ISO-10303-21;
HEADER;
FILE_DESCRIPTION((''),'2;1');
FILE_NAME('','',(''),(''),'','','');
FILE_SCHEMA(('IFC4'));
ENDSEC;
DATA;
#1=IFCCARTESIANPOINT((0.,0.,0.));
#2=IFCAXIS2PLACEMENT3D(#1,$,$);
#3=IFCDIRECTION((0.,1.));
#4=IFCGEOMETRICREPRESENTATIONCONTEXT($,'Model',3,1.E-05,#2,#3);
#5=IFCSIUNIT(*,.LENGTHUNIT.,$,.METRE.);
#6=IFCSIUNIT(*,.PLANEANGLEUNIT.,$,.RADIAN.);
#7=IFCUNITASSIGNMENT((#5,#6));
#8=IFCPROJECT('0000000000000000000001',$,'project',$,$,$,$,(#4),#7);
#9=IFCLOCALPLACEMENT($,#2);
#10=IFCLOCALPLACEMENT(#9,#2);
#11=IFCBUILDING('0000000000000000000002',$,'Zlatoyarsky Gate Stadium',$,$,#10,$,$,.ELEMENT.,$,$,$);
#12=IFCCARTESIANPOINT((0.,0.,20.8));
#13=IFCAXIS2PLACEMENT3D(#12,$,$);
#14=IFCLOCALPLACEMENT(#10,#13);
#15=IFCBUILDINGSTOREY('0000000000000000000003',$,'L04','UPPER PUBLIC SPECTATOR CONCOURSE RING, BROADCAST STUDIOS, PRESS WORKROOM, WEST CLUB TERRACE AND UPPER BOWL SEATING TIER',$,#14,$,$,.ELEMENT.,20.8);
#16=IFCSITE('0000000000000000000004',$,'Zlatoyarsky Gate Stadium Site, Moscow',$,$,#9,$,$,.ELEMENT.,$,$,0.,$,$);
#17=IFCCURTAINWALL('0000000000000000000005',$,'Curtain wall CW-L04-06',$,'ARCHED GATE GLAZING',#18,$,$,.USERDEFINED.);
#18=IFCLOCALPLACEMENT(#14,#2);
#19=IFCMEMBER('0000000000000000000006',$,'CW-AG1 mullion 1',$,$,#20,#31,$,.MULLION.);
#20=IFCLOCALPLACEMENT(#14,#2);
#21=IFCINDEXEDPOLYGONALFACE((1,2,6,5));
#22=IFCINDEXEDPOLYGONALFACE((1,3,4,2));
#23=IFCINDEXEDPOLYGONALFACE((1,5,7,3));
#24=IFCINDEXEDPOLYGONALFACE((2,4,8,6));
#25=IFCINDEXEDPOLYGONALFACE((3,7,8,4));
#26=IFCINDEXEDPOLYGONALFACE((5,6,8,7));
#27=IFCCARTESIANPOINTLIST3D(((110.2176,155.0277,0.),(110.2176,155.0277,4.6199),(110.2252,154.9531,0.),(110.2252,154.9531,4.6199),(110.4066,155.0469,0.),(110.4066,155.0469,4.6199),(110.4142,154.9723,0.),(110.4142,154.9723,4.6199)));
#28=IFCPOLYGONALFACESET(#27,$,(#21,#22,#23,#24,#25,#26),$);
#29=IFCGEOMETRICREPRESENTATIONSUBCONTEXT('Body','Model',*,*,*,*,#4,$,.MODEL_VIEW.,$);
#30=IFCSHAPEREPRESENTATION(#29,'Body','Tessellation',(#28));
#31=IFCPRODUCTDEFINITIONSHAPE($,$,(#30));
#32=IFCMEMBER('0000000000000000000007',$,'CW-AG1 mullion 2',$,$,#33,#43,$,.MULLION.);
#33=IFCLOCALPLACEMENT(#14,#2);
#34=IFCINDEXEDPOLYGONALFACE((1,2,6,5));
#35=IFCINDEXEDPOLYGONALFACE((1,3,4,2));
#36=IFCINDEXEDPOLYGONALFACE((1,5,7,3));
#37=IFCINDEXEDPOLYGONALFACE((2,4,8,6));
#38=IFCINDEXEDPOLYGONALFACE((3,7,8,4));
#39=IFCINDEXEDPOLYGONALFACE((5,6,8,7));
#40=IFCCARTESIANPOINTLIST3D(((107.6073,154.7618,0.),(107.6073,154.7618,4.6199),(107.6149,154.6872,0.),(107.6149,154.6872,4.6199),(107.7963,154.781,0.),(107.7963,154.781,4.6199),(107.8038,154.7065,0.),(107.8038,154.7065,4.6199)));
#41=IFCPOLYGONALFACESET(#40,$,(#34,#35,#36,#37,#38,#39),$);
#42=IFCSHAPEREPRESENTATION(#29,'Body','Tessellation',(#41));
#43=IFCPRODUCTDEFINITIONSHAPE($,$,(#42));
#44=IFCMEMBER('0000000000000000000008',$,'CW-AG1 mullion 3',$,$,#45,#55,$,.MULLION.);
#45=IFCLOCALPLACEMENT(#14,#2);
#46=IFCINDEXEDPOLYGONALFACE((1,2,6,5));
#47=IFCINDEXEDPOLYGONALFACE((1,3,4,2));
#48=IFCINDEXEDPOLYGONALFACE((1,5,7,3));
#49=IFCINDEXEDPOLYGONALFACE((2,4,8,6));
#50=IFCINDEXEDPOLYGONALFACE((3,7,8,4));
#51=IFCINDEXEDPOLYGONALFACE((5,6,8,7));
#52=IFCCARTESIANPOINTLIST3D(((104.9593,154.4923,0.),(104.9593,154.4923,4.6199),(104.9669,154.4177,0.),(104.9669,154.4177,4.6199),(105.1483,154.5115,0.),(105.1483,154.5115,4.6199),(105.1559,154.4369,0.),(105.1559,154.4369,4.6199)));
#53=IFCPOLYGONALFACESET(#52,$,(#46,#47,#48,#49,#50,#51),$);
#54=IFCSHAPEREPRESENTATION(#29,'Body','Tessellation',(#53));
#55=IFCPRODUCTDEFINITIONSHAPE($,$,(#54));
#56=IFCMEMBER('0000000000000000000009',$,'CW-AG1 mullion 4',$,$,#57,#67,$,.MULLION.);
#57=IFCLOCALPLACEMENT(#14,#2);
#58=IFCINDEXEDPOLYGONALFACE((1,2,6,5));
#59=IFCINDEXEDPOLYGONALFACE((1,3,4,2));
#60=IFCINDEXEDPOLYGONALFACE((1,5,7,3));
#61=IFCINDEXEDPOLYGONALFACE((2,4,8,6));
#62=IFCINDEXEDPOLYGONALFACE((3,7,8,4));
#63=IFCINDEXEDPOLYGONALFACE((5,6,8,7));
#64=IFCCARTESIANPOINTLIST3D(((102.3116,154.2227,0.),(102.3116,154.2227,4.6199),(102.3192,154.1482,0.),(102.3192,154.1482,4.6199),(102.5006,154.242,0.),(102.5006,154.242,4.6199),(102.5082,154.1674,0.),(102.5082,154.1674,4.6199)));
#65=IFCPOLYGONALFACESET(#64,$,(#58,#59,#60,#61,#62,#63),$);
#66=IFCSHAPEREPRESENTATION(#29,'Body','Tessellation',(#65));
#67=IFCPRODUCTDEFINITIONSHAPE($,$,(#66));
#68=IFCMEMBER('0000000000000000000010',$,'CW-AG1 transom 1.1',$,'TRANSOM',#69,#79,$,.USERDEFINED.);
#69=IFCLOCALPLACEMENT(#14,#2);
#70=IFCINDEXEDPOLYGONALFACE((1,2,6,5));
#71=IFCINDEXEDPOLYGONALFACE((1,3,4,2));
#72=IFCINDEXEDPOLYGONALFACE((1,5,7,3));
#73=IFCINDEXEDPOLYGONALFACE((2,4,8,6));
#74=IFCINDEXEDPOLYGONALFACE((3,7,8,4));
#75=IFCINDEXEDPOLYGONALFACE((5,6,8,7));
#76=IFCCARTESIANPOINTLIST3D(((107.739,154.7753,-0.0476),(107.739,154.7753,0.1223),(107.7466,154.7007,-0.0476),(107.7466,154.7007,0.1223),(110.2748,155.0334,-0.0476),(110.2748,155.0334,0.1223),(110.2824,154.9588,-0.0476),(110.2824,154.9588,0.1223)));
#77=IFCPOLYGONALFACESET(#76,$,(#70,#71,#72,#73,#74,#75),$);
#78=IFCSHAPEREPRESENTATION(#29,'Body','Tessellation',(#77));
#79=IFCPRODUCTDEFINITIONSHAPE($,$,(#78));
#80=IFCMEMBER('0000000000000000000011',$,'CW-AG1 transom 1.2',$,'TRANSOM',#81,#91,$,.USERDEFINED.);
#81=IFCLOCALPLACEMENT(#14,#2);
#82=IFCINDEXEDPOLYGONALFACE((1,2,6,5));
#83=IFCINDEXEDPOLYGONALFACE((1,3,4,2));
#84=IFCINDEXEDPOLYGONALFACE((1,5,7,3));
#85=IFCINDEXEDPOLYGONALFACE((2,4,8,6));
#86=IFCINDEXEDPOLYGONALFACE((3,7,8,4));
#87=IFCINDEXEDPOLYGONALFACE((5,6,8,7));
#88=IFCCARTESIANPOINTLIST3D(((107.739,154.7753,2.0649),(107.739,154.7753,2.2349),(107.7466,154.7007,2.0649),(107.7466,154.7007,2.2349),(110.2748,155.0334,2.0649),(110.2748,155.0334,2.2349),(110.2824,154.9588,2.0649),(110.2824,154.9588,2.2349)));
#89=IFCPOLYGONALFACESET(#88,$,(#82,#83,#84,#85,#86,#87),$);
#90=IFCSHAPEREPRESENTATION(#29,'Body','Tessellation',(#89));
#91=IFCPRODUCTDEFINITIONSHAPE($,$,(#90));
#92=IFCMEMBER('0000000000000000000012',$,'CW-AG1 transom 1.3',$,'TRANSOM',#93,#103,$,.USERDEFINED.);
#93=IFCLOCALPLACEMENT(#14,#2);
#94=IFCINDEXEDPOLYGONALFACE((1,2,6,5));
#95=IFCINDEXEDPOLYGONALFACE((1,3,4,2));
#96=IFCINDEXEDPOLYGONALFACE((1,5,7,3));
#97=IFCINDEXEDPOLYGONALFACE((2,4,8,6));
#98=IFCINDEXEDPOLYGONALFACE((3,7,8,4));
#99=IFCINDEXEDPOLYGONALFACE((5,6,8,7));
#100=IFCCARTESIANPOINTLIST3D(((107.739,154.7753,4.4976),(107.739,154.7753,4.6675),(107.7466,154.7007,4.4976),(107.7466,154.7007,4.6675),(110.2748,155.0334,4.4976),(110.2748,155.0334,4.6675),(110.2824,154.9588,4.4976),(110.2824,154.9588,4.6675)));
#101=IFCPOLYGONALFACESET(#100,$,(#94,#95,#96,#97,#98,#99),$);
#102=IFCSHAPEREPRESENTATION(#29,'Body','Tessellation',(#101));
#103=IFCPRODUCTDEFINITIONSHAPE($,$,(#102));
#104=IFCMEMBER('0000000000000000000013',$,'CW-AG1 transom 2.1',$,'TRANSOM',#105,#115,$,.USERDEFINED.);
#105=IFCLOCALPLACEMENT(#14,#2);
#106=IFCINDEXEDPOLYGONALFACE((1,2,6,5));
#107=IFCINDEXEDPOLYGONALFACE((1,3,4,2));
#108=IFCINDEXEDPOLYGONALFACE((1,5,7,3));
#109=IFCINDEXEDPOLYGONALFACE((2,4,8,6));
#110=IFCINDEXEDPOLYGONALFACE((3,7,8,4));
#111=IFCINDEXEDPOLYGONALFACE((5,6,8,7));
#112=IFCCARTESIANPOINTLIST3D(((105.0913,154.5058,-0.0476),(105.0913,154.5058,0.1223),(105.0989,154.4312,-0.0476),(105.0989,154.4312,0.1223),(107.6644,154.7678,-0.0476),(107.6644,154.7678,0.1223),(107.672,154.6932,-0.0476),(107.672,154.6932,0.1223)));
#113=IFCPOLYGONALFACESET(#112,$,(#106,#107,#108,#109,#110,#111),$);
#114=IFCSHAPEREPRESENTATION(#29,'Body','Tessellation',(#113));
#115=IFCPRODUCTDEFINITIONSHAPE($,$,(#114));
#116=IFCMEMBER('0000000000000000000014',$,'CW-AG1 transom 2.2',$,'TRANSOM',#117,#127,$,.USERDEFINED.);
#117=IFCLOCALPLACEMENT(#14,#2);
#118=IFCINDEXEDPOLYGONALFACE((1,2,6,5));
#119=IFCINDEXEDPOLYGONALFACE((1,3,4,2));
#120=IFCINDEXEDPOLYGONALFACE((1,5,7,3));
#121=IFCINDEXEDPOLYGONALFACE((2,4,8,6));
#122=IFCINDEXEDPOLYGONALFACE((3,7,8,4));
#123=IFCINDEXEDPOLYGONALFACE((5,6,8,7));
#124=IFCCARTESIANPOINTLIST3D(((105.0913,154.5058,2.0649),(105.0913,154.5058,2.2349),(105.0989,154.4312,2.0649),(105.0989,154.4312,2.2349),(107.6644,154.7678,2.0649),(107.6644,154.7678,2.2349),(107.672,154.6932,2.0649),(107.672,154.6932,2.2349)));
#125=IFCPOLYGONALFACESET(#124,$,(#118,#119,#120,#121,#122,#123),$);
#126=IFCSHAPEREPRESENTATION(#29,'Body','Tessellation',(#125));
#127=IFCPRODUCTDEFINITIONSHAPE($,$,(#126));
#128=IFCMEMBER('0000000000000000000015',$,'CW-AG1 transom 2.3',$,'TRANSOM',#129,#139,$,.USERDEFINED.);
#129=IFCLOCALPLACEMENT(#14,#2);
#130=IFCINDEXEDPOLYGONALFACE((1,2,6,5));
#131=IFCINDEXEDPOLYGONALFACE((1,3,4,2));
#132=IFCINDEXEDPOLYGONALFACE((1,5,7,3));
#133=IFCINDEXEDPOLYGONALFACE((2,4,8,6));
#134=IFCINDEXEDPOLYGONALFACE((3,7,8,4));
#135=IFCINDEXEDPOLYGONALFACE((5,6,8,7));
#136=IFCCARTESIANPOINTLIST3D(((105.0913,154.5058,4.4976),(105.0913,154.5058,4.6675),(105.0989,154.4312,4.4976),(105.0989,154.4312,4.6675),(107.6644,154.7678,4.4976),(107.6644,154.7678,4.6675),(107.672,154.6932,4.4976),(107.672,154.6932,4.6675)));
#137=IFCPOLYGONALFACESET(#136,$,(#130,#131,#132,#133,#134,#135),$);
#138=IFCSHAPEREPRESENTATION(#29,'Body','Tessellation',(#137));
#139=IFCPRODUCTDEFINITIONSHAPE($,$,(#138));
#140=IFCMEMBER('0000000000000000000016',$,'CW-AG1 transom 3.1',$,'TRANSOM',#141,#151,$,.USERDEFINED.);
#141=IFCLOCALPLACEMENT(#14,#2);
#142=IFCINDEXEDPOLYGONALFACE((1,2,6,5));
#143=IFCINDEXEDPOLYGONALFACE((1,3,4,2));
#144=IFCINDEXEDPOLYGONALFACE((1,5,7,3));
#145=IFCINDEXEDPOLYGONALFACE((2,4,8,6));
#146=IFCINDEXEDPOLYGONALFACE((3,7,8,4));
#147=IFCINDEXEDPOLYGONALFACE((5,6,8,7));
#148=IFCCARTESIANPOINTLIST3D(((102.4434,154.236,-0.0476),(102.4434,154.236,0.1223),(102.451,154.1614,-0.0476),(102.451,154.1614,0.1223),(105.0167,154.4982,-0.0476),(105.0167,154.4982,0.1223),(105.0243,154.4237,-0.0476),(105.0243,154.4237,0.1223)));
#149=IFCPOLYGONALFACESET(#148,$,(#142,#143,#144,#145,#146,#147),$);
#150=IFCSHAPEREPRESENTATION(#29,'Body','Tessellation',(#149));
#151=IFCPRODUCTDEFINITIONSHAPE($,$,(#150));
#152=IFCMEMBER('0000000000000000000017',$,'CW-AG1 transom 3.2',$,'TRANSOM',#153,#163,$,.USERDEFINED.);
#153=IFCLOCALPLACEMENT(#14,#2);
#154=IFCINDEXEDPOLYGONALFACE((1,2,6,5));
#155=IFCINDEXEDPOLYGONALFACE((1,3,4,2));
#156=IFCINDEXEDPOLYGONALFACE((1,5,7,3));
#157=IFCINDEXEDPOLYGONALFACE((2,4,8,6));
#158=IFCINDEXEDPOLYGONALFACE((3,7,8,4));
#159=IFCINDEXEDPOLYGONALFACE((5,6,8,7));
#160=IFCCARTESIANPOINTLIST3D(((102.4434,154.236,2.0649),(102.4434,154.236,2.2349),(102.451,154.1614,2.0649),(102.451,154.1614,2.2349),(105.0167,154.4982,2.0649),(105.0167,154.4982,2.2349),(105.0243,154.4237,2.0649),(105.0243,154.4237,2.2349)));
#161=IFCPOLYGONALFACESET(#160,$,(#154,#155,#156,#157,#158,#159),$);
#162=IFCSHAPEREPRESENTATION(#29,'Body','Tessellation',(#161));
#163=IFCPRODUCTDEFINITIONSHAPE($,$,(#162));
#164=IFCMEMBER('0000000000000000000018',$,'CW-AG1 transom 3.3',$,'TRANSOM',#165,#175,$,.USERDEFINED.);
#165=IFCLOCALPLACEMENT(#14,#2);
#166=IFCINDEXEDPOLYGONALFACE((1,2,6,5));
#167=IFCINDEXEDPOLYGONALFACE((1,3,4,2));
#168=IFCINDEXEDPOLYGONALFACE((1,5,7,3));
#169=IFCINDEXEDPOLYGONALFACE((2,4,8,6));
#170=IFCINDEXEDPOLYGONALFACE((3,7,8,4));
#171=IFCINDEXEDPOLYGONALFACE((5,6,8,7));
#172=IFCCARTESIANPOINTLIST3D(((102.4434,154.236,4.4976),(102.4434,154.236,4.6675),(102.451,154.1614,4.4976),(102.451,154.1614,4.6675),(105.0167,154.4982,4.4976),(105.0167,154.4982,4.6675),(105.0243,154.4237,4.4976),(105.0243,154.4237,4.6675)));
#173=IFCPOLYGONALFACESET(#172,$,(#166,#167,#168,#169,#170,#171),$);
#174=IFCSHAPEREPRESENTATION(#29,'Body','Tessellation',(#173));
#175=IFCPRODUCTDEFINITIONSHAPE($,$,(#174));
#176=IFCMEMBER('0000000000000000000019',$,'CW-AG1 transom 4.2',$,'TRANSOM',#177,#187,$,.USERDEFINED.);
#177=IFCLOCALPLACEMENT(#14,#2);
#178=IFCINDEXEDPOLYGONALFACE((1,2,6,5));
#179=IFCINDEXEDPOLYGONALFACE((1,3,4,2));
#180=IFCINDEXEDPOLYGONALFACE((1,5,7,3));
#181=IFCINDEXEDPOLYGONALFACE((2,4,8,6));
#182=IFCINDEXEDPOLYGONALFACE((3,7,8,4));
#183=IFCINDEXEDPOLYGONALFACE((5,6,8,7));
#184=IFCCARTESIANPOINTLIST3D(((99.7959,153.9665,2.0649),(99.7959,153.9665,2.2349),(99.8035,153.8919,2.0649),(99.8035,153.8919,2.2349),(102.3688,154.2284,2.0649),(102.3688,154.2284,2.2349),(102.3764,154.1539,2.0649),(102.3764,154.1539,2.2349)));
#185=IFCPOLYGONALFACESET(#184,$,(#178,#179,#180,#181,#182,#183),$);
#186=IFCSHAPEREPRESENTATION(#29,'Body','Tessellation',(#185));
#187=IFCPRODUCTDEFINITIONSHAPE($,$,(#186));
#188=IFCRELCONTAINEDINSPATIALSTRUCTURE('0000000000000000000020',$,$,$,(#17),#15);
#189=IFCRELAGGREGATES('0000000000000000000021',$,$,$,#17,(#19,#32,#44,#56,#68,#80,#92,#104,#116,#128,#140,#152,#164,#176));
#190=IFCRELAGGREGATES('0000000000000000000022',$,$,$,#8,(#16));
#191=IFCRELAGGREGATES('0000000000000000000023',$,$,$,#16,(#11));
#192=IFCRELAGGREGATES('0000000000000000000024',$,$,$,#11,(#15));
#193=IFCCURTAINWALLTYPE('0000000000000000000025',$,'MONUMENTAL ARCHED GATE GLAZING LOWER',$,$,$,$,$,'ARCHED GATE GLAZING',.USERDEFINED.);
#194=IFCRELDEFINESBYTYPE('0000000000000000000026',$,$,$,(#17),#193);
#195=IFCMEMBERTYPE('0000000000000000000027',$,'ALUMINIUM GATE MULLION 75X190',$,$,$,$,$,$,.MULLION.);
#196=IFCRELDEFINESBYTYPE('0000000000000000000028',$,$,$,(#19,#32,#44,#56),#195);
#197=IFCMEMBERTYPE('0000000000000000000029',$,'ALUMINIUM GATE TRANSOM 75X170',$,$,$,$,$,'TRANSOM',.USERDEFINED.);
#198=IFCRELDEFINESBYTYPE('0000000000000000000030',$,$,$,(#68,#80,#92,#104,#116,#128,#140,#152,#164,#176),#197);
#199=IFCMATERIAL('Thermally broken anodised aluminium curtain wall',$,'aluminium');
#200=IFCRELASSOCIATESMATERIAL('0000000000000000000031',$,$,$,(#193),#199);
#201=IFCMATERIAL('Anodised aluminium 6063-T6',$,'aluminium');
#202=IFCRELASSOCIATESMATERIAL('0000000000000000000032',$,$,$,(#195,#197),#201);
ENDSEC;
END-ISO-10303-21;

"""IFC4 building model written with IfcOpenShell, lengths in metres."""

from ifc_helpers import new_model, si_unit, direction, frame, origin, origin_2d, place, context, subcontext, project, spatial, rectangle, extrude, material, material_profile, profile_set, type_object, element, aggregate, save


model = new_model("IFC4")

# Units and contexts
model_context = context("Model", 3, precision=1e-05, world=origin(), true_north=direction((0.0, 1.0)))
body_context = subcontext(model_context, "Body", "Model", "MODEL_VIEW")
ifc_project = project(units=[si_unit("LENGTHUNIT", "METRE"), si_unit("PLANEANGLEUNIT", "RADIAN")], contexts=[model_context])

# Site, building, storey
site_placement = place(None, origin())
site = spatial("IfcSite", under=ifc_project, at=site_placement, Name="Zlatoyarsky Gate Stadium Site, Moscow", CompositionType="ELEMENT", RefElevation=0.0)
building_placement = place(site_placement, origin())
building = spatial("IfcBuilding", under=site, at=building_placement, Name="Zlatoyarsky Gate Stadium", CompositionType="ELEMENT")
storey_placement = place(building_placement, frame((0.0, 0.0, 20.8)))
storey = spatial("IfcBuildingStorey", under=building, at=storey_placement, Name="L04", Description="UPPER PUBLIC SPECTATOR CONCOURSE RING, BROADCAST STUDIOS, PRESS WORKROOM, WEST CLUB TERRACE AND UPPER BOWL SEATING TIER", CompositionType="ELEMENT", Elevation=20.8)

# Curtain wall, members
ifc_material_1 = material(Name="Thermally broken anodised aluminium curtain wall", Category="aluminium")
curtain_wall_type_1 = type_object("IfcCurtainWallType", Name="MONUMENTAL ARCHED GATE GLAZING LOWER", ElementType="ARCHED GATE GLAZING", PredefinedType="USERDEFINED", material=ifc_material_1)
curtain_wall_1_placement = place(storey_placement, origin())
curtain_wall_1 = element("IfcCurtainWall", 1, at=curtain_wall_1_placement, inside=storey, type_object=curtain_wall_type_1, Name="Curtain wall CW-L04-06", ObjectType="ARCHED GATE GLAZING", PredefinedType="USERDEFINED")
ifc_material_2 = material(Name="Anodised aluminium 6063-T6", Category="aluminium")
ifc_material_profile_1 = material_profile(ifc_material_2, rectangle(XDim=0.075, YDim=0.1899, at=origin_2d()), Name="ALU 75X190")
ifc_profile_set_1 = profile_set([ifc_material_profile_1], Name="Anodised aluminium 6063-T6")
member_type_1 = type_object("IfcMemberType", Name="ALUMINIUM GATE MULLION 75X190", PredefinedType="MULLION", material=ifc_profile_set_1)
member_1_placement = place(storey_placement, frame((110.3159, 155.0, 0.0), z_axis=(0.0, 0.0, 1.0), x_axis=(0.101293, -0.994857, 0.0)))
member_1 = element("IfcMember", 2, at=member_1_placement, type_object=member_type_1, Name="CW-AG1 mullion 1", PredefinedType="MULLION", context=body_context, shape_type="SweptSolid", body=[
    extrude(rectangle(XDim=0.075, YDim=0.1899, at=origin_2d()), origin(), (0.0, 0.0, 1.0), 4.6199),
])
member_2_placement = place(storey_placement, frame((107.7056, 154.7341, 0.0), z_axis=(0.0, 0.0, 1.0), x_axis=(0.101293, -0.994857, 0.0)))
member_2 = element("IfcMember", 3, at=member_2_placement, type_object=member_type_1, Name="CW-AG1 mullion 2", PredefinedType="MULLION", context=body_context, shape_type="SweptSolid", body=[
    extrude(rectangle(XDim=0.075, YDim=0.1899, at=origin_2d()), origin(), (0.0, 0.0, 1.0), 4.6199),
])
member_3_placement = place(storey_placement, frame((105.0576, 154.4646, 0.0), z_axis=(0.0, 0.0, 1.0), x_axis=(0.101293, -0.994857, 0.0)))
member_3 = element("IfcMember", 4, at=member_3_placement, type_object=member_type_1, Name="CW-AG1 mullion 3", PredefinedType="MULLION", context=body_context, shape_type="SweptSolid", body=[
    extrude(rectangle(XDim=0.075, YDim=0.1899, at=origin_2d()), origin(), (0.0, 0.0, 1.0), 4.6199),
])
member_4_placement = place(storey_placement, frame((102.4099, 154.1951, 0.0), z_axis=(0.0, 0.0, 1.0), x_axis=(0.101293, -0.994857, 0.0)))
member_4 = element("IfcMember", 5, at=member_4_placement, type_object=member_type_1, Name="CW-AG1 mullion 4", PredefinedType="MULLION", context=body_context, shape_type="SweptSolid", body=[
    extrude(rectangle(XDim=0.075, YDim=0.1899, at=origin_2d()), origin(), (0.0, 0.0, 1.0), 4.6199),
])
ifc_material_profile_2 = material_profile(ifc_material_2, rectangle(XDim=0.075, YDim=0.1699, at=origin_2d()), Name="ALU 75X170")
ifc_profile_set_2 = profile_set([ifc_material_profile_2], Name="Anodised aluminium 6063-T6")
member_type_2 = type_object("IfcMemberType", Name="ALUMINIUM GATE TRANSOM 75X170", ElementType="TRANSOM", PredefinedType="USERDEFINED", material=ifc_profile_set_2)
member_5_placement = place(storey_placement, frame((110.2786, 154.9961, 0.0374), z_axis=(-0.994861, -0.101249, 0.0), x_axis=(0.101249, -0.994861, 0.0)))
member_5 = element("IfcMember", 6, at=member_5_placement, type_object=member_type_2, Name="CW-AG1 transom 1.1", ObjectType="TRANSOM", PredefinedType="USERDEFINED", context=body_context, shape_type="SweptSolid", body=[
    extrude(rectangle(XDim=0.075, YDim=0.1699, at=origin_2d()), origin(), (0.0, 0.0, 1.0), 2.5488),
])
member_6_placement = place(storey_placement, frame((110.2786, 154.9961, 2.1499), z_axis=(-0.994861, -0.101249, 0.0), x_axis=(0.101249, -0.994861, 0.0)))
member_6 = element("IfcMember", 7, at=member_6_placement, type_object=member_type_2, Name="CW-AG1 transom 1.2", ObjectType="TRANSOM", PredefinedType="USERDEFINED", context=body_context, shape_type="SweptSolid", body=[
    extrude(rectangle(XDim=0.075, YDim=0.1699, at=origin_2d()), origin(), (0.0, 0.0, 1.0), 2.5488),
])
member_7_placement = place(storey_placement, frame((110.2786, 154.9961, 4.5825), z_axis=(-0.994861, -0.101249, 0.0), x_axis=(0.101249, -0.994861, 0.0)))
member_7 = element("IfcMember", 8, at=member_7_placement, type_object=member_type_2, Name="CW-AG1 transom 1.3", ObjectType="TRANSOM", PredefinedType="USERDEFINED", context=body_context, shape_type="SweptSolid", body=[
    extrude(rectangle(XDim=0.075, YDim=0.1699, at=origin_2d()), origin(), (0.0, 0.0, 1.0), 2.5488),
])
member_8_placement = place(storey_placement, frame((107.6682, 154.7305, 0.0374), z_axis=(-0.994858, -0.101279, 0.0), x_axis=(0.101279, -0.994858, 0.0)))
member_8 = element("IfcMember", 9, at=member_8_placement, type_object=member_type_2, Name="CW-AG1 transom 2.1", ObjectType="TRANSOM", PredefinedType="USERDEFINED", context=body_context, shape_type="SweptSolid", body=[
    extrude(rectangle(XDim=0.075, YDim=0.1699, at=origin_2d()), origin(), (0.0, 0.0, 1.0), 2.5864),
])
member_9_placement = place(storey_placement, frame((107.6682, 154.7305, 2.1499), z_axis=(-0.994858, -0.101279, 0.0), x_axis=(0.101279, -0.994858, 0.0)))
member_9 = element("IfcMember", 10, at=member_9_placement, type_object=member_type_2, Name="CW-AG1 transom 2.2", ObjectType="TRANSOM", PredefinedType="USERDEFINED", context=body_context, shape_type="SweptSolid", body=[
    extrude(rectangle(XDim=0.075, YDim=0.1699, at=origin_2d()), origin(), (0.0, 0.0, 1.0), 2.5864),
])
member_10_placement = place(storey_placement, frame((107.6682, 154.7305, 4.5825), z_axis=(-0.994858, -0.101279, 0.0), x_axis=(0.101279, -0.994858, 0.0)))
member_10 = element("IfcMember", 11, at=member_10_placement, type_object=member_type_2, Name="CW-AG1 transom 2.3", ObjectType="TRANSOM", PredefinedType="USERDEFINED", context=body_context, shape_type="SweptSolid", body=[
    extrude(rectangle(XDim=0.075, YDim=0.1699, at=origin_2d()), origin(), (0.0, 0.0, 1.0), 2.5864),
])
member_11_placement = place(storey_placement, frame((105.0205, 154.4609, 0.0374), z_axis=(-0.994849, -0.101373, 0.0), x_axis=(0.101373, -0.994849, 0.0)))
member_11 = element("IfcMember", 12, at=member_11_placement, type_object=member_type_2, Name="CW-AG1 transom 3.1", ObjectType="TRANSOM", PredefinedType="USERDEFINED", context=body_context, shape_type="SweptSolid", body=[
    extrude(rectangle(XDim=0.075, YDim=0.1699, at=origin_2d()), origin(), (0.0, 0.0, 1.0), 2.5867),
])
member_12_placement = place(storey_placement, frame((105.0205, 154.4609, 2.1499), z_axis=(-0.994849, -0.101373, 0.0), x_axis=(0.101373, -0.994849, 0.0)))
member_12 = element("IfcMember", 13, at=member_12_placement, type_object=member_type_2, Name="CW-AG1 transom 3.2", ObjectType="TRANSOM", PredefinedType="USERDEFINED", context=body_context, shape_type="SweptSolid", body=[
    extrude(rectangle(XDim=0.075, YDim=0.1699, at=origin_2d()), origin(), (0.0, 0.0, 1.0), 2.5867),
])
member_13_placement = place(storey_placement, frame((105.0205, 154.4609, 4.5825), z_axis=(-0.994849, -0.101373, 0.0), x_axis=(0.101373, -0.994849, 0.0)))
member_13 = element("IfcMember", 14, at=member_13_placement, type_object=member_type_2, Name="CW-AG1 transom 3.3", ObjectType="TRANSOM", PredefinedType="USERDEFINED", context=body_context, shape_type="SweptSolid", body=[
    extrude(rectangle(XDim=0.075, YDim=0.1699, at=origin_2d()), origin(), (0.0, 0.0, 1.0), 2.5867),
])
member_14_placement = place(storey_placement, frame((102.3726, 154.1912, 2.1499), z_axis=(-0.994857, -0.101289, 0.0), x_axis=(0.101289, -0.994857, 0.0)))
member_14 = element("IfcMember", 15, at=member_14_placement, type_object=member_type_2, Name="CW-AG1 transom 4.2", ObjectType="TRANSOM", PredefinedType="USERDEFINED", context=body_context, shape_type="SweptSolid", body=[
    extrude(rectangle(XDim=0.075, YDim=0.1699, at=origin_2d()), origin(), (0.0, 0.0, 1.0), 2.5862),
])

aggregate(curtain_wall_1, [member_1, member_2, member_3, member_4, member_5, member_6, member_7, member_8, member_9, member_10, member_11, member_12, member_13, member_14])

save(model, "model.ifc")
